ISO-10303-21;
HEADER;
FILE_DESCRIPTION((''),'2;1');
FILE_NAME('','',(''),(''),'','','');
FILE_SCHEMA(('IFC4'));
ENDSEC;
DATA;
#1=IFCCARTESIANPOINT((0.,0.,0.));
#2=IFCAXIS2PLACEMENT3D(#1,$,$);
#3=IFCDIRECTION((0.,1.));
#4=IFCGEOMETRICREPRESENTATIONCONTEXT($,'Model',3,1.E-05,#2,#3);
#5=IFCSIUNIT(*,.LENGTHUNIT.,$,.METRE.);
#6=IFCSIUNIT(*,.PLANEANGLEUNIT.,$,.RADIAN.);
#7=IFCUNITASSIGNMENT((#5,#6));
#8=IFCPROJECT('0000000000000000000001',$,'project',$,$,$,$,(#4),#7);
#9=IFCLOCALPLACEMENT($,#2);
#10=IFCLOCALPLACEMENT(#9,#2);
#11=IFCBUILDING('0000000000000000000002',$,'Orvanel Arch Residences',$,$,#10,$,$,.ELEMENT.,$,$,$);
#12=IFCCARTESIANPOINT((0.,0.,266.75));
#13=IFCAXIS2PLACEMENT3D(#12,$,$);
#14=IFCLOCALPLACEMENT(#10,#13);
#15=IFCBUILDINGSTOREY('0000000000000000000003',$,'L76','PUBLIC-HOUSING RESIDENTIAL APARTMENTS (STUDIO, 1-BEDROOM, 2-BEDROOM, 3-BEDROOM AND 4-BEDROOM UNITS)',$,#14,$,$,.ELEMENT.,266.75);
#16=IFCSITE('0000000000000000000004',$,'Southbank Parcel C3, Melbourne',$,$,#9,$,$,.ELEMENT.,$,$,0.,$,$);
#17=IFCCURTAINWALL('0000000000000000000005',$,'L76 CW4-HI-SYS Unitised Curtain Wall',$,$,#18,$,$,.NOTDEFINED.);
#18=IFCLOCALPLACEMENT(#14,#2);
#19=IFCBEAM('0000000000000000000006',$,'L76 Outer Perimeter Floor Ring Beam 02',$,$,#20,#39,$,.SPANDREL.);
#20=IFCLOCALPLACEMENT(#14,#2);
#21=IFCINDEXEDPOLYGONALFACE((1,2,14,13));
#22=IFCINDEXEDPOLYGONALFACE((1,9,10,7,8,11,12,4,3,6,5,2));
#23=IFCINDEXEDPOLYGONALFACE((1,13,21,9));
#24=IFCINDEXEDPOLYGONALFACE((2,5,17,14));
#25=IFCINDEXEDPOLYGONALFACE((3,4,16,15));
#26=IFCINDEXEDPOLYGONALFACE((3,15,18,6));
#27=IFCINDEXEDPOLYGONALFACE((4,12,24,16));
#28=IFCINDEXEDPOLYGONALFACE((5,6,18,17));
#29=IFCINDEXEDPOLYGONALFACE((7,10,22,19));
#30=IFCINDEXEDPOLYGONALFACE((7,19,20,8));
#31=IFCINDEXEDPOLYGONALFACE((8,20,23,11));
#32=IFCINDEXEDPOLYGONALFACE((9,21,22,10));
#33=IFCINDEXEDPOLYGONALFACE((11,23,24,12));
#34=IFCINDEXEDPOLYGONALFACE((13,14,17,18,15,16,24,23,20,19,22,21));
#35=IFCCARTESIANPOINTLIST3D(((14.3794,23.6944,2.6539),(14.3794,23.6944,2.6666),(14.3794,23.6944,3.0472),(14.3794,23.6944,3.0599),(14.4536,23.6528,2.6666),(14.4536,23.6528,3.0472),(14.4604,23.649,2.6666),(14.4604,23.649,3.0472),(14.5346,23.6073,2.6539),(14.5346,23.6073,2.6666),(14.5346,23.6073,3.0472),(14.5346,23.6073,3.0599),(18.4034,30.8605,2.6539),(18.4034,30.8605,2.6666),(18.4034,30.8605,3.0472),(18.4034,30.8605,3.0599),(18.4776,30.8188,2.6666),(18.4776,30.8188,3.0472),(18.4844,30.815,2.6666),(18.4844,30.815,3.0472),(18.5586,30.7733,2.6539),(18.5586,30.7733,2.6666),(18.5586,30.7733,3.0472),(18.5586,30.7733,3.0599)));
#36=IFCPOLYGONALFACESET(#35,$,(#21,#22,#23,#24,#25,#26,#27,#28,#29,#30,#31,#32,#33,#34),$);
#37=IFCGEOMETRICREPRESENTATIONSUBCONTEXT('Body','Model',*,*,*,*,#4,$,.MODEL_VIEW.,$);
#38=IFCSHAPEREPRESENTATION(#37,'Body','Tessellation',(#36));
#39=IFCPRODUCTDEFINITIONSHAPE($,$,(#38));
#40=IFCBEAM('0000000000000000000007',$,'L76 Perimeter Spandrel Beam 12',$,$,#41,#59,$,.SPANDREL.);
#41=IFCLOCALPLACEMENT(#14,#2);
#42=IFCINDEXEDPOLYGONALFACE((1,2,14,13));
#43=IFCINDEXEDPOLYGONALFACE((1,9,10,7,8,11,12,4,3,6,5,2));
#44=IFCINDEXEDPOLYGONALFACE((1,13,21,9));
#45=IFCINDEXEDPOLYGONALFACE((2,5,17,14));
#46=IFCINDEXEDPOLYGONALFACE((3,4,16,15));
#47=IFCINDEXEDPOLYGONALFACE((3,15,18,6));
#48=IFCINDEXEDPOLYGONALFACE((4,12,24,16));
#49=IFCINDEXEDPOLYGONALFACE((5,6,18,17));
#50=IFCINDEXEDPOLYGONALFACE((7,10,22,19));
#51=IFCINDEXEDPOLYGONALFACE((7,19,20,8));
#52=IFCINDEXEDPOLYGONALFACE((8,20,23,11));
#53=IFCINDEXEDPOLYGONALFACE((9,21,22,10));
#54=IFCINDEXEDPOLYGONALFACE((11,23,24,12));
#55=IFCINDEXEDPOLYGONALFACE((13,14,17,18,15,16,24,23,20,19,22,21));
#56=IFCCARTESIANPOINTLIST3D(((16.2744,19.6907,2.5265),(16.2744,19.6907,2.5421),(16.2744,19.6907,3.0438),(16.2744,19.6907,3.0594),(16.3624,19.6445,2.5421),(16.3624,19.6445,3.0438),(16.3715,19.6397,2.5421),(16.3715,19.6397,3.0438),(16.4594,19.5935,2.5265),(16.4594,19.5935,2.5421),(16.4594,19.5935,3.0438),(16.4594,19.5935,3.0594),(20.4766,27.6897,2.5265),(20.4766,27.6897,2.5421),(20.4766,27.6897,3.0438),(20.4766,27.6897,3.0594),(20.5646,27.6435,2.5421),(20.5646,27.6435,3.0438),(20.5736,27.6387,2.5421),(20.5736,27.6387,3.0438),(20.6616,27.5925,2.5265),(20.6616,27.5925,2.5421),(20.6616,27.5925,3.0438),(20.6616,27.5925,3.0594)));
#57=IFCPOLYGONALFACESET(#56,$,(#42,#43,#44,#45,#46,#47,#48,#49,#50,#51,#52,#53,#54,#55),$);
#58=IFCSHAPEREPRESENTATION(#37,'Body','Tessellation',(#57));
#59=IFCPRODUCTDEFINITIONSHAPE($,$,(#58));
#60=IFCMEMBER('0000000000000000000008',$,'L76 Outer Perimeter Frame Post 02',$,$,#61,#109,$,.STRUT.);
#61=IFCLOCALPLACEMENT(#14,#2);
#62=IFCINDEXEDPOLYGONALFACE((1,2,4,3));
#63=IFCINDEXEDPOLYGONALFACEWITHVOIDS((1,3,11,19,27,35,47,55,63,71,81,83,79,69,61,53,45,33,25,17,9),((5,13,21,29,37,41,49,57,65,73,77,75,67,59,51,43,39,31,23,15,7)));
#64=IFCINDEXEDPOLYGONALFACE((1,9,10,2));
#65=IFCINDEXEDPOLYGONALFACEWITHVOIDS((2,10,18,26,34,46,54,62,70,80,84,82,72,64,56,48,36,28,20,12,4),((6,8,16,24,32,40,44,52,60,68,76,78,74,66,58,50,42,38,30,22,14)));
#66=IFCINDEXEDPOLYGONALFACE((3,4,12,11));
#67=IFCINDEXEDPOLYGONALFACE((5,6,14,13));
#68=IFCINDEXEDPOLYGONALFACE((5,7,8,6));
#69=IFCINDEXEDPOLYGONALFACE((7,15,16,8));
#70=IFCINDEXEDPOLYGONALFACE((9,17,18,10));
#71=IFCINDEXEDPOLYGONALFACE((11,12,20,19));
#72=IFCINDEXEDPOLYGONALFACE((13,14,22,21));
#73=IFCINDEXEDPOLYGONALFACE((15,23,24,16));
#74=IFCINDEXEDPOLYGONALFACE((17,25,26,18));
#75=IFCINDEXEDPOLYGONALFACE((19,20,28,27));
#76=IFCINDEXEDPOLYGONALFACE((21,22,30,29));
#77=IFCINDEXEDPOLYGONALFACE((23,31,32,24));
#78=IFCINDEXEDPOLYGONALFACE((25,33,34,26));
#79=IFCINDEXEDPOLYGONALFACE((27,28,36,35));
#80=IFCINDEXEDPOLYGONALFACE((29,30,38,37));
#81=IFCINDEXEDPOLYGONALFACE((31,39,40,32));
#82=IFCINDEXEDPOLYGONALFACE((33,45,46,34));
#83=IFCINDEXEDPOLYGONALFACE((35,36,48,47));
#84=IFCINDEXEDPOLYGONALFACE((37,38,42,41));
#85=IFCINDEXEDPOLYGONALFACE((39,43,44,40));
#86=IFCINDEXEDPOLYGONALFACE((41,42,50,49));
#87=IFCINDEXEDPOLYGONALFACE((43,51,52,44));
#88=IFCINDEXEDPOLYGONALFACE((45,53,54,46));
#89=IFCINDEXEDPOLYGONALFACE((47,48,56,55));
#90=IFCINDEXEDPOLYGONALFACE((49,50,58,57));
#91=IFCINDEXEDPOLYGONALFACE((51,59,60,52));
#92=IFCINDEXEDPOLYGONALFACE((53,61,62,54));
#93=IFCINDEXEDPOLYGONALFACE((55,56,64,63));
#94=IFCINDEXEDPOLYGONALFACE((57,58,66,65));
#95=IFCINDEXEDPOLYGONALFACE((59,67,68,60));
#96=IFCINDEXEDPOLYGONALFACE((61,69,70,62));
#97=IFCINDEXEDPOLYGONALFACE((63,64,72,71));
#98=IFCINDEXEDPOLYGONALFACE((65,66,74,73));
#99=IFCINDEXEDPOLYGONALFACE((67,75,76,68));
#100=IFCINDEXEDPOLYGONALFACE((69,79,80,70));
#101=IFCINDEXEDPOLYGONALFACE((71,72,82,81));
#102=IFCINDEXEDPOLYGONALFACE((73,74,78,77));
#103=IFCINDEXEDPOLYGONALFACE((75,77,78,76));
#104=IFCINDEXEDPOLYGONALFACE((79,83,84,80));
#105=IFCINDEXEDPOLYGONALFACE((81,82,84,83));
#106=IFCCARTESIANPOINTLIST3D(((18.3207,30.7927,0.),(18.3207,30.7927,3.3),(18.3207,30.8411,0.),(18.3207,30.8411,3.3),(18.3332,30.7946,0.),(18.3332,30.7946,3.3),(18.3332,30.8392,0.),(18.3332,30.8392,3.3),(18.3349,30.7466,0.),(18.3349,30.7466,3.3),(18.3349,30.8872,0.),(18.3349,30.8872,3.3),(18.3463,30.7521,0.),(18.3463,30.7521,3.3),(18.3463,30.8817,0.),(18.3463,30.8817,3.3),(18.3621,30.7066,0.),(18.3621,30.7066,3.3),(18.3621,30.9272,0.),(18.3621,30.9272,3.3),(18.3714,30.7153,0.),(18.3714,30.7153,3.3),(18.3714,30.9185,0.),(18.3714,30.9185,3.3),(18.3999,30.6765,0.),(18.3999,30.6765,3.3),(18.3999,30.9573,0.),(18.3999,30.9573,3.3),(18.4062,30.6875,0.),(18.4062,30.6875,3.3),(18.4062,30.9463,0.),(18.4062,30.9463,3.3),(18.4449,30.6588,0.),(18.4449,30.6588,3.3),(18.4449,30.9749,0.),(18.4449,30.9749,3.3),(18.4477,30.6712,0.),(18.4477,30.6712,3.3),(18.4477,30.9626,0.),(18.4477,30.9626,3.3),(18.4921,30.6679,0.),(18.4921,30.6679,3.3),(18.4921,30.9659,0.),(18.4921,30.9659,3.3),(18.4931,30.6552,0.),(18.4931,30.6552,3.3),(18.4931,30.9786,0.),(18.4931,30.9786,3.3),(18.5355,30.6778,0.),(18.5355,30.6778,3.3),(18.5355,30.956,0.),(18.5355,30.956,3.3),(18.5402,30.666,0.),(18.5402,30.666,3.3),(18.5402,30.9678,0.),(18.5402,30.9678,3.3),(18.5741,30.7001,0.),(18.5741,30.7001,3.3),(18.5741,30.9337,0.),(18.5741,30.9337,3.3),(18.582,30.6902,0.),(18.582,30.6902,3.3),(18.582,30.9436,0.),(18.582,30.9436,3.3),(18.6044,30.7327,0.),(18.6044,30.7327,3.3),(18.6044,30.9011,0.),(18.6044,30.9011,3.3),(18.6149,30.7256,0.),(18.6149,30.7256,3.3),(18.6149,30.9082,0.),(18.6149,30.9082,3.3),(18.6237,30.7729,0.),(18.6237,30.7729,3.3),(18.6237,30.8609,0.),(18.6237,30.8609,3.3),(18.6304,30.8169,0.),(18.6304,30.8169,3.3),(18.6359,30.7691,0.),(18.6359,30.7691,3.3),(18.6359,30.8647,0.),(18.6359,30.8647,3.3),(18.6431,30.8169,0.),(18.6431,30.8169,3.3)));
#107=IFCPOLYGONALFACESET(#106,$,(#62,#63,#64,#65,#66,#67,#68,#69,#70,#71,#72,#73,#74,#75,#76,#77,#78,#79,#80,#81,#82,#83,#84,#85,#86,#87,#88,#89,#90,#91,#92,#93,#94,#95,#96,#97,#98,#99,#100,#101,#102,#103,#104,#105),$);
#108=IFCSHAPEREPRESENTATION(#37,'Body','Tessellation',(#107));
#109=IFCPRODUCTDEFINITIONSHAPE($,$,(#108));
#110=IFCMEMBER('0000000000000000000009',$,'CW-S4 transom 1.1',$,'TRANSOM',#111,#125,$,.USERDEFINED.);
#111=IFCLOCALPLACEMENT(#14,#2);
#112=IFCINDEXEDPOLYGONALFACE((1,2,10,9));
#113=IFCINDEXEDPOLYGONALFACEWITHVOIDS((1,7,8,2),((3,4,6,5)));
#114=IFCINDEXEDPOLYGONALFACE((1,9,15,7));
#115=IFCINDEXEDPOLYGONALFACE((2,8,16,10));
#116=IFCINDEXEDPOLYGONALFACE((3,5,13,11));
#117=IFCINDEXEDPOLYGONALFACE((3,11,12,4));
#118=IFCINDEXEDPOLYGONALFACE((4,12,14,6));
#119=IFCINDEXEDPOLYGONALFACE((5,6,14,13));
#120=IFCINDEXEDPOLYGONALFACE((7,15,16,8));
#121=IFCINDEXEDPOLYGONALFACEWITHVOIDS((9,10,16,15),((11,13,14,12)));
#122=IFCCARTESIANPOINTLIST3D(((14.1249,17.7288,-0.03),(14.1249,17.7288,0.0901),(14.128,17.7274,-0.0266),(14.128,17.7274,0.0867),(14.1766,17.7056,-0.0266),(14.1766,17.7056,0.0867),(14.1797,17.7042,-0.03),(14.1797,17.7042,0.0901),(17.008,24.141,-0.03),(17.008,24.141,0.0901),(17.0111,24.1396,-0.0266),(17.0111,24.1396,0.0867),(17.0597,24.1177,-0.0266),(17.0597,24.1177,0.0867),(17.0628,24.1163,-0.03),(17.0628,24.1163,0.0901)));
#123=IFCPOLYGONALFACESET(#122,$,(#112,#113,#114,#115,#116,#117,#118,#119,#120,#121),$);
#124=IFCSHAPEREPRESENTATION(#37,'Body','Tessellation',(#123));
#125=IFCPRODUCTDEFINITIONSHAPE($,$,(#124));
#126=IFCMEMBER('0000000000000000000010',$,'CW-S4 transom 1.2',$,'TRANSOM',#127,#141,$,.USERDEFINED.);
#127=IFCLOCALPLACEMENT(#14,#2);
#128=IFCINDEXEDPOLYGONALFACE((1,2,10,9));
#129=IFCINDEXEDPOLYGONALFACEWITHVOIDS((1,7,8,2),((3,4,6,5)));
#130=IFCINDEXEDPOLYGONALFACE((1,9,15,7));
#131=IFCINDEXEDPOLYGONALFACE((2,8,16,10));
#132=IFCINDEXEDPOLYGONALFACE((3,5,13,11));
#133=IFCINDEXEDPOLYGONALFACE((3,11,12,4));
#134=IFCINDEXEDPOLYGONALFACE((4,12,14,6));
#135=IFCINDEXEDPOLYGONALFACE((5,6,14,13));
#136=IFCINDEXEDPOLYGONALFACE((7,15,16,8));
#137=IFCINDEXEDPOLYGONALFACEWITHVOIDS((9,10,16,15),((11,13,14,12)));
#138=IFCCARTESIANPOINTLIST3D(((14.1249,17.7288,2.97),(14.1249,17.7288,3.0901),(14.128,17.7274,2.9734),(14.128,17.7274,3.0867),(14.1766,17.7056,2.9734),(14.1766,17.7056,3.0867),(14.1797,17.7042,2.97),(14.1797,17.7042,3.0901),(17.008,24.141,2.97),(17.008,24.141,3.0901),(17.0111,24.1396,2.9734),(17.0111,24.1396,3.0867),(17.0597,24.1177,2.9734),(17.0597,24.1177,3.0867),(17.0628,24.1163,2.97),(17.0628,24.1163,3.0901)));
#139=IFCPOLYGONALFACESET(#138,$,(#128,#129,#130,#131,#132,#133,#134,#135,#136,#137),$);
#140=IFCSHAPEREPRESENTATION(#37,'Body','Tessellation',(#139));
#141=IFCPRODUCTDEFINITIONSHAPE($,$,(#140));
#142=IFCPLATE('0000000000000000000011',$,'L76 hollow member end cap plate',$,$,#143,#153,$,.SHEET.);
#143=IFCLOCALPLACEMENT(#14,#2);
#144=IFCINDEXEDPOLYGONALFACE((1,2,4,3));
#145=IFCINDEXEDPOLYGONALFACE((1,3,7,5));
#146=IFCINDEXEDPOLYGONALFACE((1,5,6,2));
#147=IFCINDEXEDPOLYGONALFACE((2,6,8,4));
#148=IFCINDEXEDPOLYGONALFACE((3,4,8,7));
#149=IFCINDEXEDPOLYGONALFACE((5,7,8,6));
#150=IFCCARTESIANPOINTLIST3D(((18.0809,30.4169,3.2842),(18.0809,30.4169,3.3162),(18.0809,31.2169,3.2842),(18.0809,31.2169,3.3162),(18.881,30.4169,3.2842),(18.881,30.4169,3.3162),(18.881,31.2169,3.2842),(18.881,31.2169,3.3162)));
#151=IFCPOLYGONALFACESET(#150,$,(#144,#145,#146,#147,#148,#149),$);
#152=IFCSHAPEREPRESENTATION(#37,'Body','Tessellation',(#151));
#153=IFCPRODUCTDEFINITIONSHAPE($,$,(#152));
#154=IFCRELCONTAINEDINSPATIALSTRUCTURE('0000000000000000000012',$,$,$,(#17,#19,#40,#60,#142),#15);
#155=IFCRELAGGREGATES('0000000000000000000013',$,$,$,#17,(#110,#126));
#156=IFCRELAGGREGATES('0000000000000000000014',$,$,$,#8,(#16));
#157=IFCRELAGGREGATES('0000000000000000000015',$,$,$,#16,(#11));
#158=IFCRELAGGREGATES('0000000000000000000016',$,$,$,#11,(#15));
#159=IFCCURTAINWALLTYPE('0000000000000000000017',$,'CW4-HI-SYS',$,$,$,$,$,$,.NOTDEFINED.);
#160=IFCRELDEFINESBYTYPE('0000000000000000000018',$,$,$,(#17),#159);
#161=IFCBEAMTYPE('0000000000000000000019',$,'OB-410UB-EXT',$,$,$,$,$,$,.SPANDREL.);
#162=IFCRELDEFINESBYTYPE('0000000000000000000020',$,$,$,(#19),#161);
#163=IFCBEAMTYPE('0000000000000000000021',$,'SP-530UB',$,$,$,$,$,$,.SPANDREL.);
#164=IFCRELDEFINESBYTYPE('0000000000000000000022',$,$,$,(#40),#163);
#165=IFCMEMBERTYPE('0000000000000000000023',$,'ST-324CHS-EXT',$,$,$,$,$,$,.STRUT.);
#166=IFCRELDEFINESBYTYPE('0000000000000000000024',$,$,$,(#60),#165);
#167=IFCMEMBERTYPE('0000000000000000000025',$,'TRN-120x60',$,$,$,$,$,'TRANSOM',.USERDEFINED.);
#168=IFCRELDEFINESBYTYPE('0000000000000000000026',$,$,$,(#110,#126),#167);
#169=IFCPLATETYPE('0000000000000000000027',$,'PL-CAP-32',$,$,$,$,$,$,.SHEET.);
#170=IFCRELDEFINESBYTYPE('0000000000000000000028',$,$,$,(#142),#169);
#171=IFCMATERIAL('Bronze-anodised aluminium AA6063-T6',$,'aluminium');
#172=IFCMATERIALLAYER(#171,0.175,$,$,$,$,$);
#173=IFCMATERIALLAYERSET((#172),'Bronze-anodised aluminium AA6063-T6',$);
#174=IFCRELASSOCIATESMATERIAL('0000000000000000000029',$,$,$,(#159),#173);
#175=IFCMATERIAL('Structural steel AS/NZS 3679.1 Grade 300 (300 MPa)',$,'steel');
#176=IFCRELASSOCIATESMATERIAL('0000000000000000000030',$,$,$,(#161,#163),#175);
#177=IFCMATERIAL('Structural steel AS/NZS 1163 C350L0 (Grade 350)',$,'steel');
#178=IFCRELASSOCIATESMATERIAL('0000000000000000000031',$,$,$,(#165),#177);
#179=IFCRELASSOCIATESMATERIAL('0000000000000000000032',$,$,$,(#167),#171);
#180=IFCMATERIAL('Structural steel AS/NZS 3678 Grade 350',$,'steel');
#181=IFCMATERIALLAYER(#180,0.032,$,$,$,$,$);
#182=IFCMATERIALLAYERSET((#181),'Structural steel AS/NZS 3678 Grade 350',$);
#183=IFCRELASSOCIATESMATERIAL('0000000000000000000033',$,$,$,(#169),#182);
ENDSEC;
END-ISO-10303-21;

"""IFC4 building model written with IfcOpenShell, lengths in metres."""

from ifc_helpers import new_model, si_unit, direction, frame, origin, origin_2d, place, context, subcontext, project, spatial, rectangle, hollow_rectangle, hollow_circle, i_section, extrude, material, layer, layer_set, material_profile, profile_set, type_object, element, aggregate, save


model = new_model("IFC4")

# Units and contexts
model_context = context("Model", 3, precision=1e-05, world=origin(), true_north=direction((0.0, 1.0)))
body_context = subcontext(model_context, "Body", "Model", "MODEL_VIEW")
ifc_project = project(units=[si_unit("LENGTHUNIT", "METRE"), si_unit("PLANEANGLEUNIT", "RADIAN")], contexts=[model_context])

# Site, building, storey
site_placement = place(None, origin())
site = spatial("IfcSite", under=ifc_project, at=site_placement, Name="Southbank Parcel C3, Melbourne", CompositionType="ELEMENT", RefElevation=0.0)
building_placement = place(site_placement, origin())
building = spatial("IfcBuilding", under=site, at=building_placement, Name="Orvanel Arch Residences", CompositionType="ELEMENT")
storey_placement = place(building_placement, frame((0.0, 0.0, 266.75)))
storey = spatial("IfcBuildingStorey", under=building, at=storey_placement, Name="L76", Description="PUBLIC-HOUSING RESIDENTIAL APARTMENTS (STUDIO, 1-BEDROOM, 2-BEDROOM, 3-BEDROOM AND 4-BEDROOM UNITS)", CompositionType="ELEMENT", Elevation=266.75)

# Shared definitions
ifc_material_1 = material(Name="Structural steel AS/NZS 1163 C350L0 (Grade 350)", Category="steel")

# Shared definitions
ifc_material_2 = material(Name="Structural steel AS/NZS 3679.1 Grade 300 (300 MPa)", Category="steel")

# Curtain wall
ifc_material_3 = material(Name="Bronze-anodised aluminium AA6063-T6", Category="aluminium")
ifc_layer_1 = layer(ifc_material_3, 0.175)
ifc_layer_set_1 = layer_set([ifc_layer_1], Name="Bronze-anodised aluminium AA6063-T6")
curtain_wall_type = type_object("IfcCurtainWallType", Name="CW4-HI-SYS", PredefinedType="NOTDEFINED", material=ifc_layer_set_1)
curtain_wall_1_placement = place(storey_placement, origin())
curtain_wall_1 = element("IfcCurtainWall", 1, at=curtain_wall_1_placement, inside=storey, type_object=curtain_wall_type, Name="L76 CW4-HI-SYS Unitised Curtain Wall", PredefinedType="NOTDEFINED")

# Beams
ifc_material_profile_1 = material_profile(ifc_material_2, i_section(OverallWidth=0.178, OverallDepth=0.406, WebThickness=0.0078, FlangeThickness=0.0127, at=origin_2d()), Name="410UB59.7")
ifc_profile_set_1 = profile_set([ifc_material_profile_1], Name="Structural steel AS/NZS 3679.1 Grade 300 (300 MPa)")
beam_type_1 = type_object("IfcBeamType", Name="OB-410UB-EXT", PredefinedType="SPANDREL", material=ifc_profile_set_1)
beam_1_placement = place(storey_placement, frame((18.481, 30.8169, 2.8569), z_axis=(-0.489618, -0.871937, 0.0), x_axis=(0.871937, -0.489618, 0.0)))
element("IfcBeam", 2, at=beam_1_placement, inside=storey, type_object=beam_type_1, Name="L76 Outer Perimeter Floor Ring Beam 02", PredefinedType="SPANDREL", context=body_context, shape_type="SweptSolid", body=[
    extrude(i_section(OverallWidth=0.178, OverallDepth=0.406, WebThickness=0.0078, FlangeThickness=0.0127, at=origin_2d()), origin(), (0.0, 0.0, 1.0), 8.2185),
])
ifc_material_profile_2 = material_profile(ifc_material_2, i_section(OverallWidth=0.209, OverallDepth=0.533, WebThickness=0.0103, FlangeThickness=0.0156, at=origin_2d()), Name="530UB92.4")
ifc_profile_set_2 = profile_set([ifc_material_profile_2], Name="Structural steel AS/NZS 3679.1 Grade 300 (300 MPa)")
beam_type_2 = type_object("IfcBeamType", Name="SP-530UB", PredefinedType="SPANDREL", material=ifc_profile_set_2)
beam_2_placement = place(storey_placement, frame((20.5691, 27.6411, 2.793), z_axis=(-0.465065, -0.885277, 0.0), x_axis=(0.885277, -0.465065, 0.0)))
element("IfcBeam", 3, at=beam_2_placement, inside=storey, type_object=beam_type_2, Name="L76 Perimeter Spandrel Beam 12", PredefinedType="SPANDREL", context=body_context, shape_type="SweptSolid", body=[
    extrude(i_section(OverallWidth=0.209, OverallDepth=0.533, WebThickness=0.0103, FlangeThickness=0.0156, at=origin_2d()), origin(), (0.0, 0.0, 1.0), 9.0356),
])

# Members
ifc_material_profile_3 = material_profile(ifc_material_1, hollow_circle(Radius=0.1621, WallThickness=0.0127, at=origin_2d()), Name="CHS324x12.7")
ifc_profile_set_3 = profile_set([ifc_material_profile_3], Name="Structural steel AS/NZS 1163 C350L0 (Grade 350)")
member_type_1 = type_object("IfcMemberType", Name="ST-324CHS-EXT", PredefinedType="STRUT", material=ifc_profile_set_3)
member_1_placement = place(storey_placement, frame((18.481, 30.8169, 0.0), z_axis=(0.0, 0.0, 1.0), x_axis=(1.0, 0.0, 0.0)))
element("IfcMember", 4, at=member_1_placement, inside=storey, type_object=member_type_1, Name="L76 Outer Perimeter Frame Post 02", PredefinedType="STRUT", context=body_context, shape_type="SweptSolid", body=[
    extrude(hollow_circle(Radius=0.1621, WallThickness=0.0127, at=origin_2d()), origin(), (0.0, 0.0, 1.0), 3.3),
])
ifc_material_profile_4 = material_profile(ifc_material_3, hollow_rectangle(XDim=0.0601, YDim=0.1201, WallThickness=0.0034, at=origin_2d()), Name="ALU120x60x3.5")
ifc_profile_set_4 = profile_set([ifc_material_profile_4], Name="Bronze-anodised aluminium AA6063-T6")
member_type_2 = type_object("IfcMemberType", Name="TRN-120x60", ElementType="TRANSOM", PredefinedType="USERDEFINED", material=ifc_profile_set_4)
member_2_placement = place(storey_placement, frame((17.0354, 24.1287, 0.03), z_axis=(-0.410082, -0.912049, 0.0), x_axis=(0.912049, -0.410082, 0.0)))
member_2 = element("IfcMember", 5, at=member_2_placement, type_object=member_type_2, Name="CW-S4 transom 1.1", ObjectType="TRANSOM", PredefinedType="USERDEFINED", context=body_context, shape_type="SweptSolid", body=[
    extrude(hollow_rectangle(XDim=0.0601, YDim=0.1201, WallThickness=0.0034, at=origin_2d()), origin(), (0.0, 0.0, 1.0), 7.0305),
])
member_3_placement = place(storey_placement, frame((17.0354, 24.1287, 3.03), z_axis=(-0.410082, -0.912049, 0.0), x_axis=(0.912049, -0.410082, 0.0)))
member_3 = element("IfcMember", 6, at=member_3_placement, type_object=member_type_2, Name="CW-S4 transom 1.2", ObjectType="TRANSOM", PredefinedType="USERDEFINED", context=body_context, shape_type="SweptSolid", body=[
    extrude(hollow_rectangle(XDim=0.0601, YDim=0.1201, WallThickness=0.0034, at=origin_2d()), origin(), (0.0, 0.0, 1.0), 7.0305),
])
aggregate(curtain_wall_1, [member_2, member_3])

# Plate
ifc_material_4 = material(Name="Structural steel AS/NZS 3678 Grade 350", Category="steel")
ifc_layer_2 = layer(ifc_material_4, 0.032)
ifc_layer_set_2 = layer_set([ifc_layer_2], Name="Structural steel AS/NZS 3678 Grade 350")
plate_type = type_object("IfcPlateType", Name="PL-CAP-32", PredefinedType="SHEET", material=ifc_layer_set_2)
plate_placement = place(storey_placement, frame((18.481, 30.8169, 3.2842), z_axis=(0.0, 0.0, 1.0), x_axis=(1.0, 0.0, 0.0)))
element("IfcPlate", 7, at=plate_placement, inside=storey, type_object=plate_type, Name="L76 hollow member end cap plate", PredefinedType="SHEET", context=body_context, shape_type="SweptSolid", body=[
    extrude(rectangle(XDim=0.8, YDim=0.8, at=origin_2d()), origin(), (0.0, 0.0, 1.0), 0.032),
])

save(model, "model.ifc")
